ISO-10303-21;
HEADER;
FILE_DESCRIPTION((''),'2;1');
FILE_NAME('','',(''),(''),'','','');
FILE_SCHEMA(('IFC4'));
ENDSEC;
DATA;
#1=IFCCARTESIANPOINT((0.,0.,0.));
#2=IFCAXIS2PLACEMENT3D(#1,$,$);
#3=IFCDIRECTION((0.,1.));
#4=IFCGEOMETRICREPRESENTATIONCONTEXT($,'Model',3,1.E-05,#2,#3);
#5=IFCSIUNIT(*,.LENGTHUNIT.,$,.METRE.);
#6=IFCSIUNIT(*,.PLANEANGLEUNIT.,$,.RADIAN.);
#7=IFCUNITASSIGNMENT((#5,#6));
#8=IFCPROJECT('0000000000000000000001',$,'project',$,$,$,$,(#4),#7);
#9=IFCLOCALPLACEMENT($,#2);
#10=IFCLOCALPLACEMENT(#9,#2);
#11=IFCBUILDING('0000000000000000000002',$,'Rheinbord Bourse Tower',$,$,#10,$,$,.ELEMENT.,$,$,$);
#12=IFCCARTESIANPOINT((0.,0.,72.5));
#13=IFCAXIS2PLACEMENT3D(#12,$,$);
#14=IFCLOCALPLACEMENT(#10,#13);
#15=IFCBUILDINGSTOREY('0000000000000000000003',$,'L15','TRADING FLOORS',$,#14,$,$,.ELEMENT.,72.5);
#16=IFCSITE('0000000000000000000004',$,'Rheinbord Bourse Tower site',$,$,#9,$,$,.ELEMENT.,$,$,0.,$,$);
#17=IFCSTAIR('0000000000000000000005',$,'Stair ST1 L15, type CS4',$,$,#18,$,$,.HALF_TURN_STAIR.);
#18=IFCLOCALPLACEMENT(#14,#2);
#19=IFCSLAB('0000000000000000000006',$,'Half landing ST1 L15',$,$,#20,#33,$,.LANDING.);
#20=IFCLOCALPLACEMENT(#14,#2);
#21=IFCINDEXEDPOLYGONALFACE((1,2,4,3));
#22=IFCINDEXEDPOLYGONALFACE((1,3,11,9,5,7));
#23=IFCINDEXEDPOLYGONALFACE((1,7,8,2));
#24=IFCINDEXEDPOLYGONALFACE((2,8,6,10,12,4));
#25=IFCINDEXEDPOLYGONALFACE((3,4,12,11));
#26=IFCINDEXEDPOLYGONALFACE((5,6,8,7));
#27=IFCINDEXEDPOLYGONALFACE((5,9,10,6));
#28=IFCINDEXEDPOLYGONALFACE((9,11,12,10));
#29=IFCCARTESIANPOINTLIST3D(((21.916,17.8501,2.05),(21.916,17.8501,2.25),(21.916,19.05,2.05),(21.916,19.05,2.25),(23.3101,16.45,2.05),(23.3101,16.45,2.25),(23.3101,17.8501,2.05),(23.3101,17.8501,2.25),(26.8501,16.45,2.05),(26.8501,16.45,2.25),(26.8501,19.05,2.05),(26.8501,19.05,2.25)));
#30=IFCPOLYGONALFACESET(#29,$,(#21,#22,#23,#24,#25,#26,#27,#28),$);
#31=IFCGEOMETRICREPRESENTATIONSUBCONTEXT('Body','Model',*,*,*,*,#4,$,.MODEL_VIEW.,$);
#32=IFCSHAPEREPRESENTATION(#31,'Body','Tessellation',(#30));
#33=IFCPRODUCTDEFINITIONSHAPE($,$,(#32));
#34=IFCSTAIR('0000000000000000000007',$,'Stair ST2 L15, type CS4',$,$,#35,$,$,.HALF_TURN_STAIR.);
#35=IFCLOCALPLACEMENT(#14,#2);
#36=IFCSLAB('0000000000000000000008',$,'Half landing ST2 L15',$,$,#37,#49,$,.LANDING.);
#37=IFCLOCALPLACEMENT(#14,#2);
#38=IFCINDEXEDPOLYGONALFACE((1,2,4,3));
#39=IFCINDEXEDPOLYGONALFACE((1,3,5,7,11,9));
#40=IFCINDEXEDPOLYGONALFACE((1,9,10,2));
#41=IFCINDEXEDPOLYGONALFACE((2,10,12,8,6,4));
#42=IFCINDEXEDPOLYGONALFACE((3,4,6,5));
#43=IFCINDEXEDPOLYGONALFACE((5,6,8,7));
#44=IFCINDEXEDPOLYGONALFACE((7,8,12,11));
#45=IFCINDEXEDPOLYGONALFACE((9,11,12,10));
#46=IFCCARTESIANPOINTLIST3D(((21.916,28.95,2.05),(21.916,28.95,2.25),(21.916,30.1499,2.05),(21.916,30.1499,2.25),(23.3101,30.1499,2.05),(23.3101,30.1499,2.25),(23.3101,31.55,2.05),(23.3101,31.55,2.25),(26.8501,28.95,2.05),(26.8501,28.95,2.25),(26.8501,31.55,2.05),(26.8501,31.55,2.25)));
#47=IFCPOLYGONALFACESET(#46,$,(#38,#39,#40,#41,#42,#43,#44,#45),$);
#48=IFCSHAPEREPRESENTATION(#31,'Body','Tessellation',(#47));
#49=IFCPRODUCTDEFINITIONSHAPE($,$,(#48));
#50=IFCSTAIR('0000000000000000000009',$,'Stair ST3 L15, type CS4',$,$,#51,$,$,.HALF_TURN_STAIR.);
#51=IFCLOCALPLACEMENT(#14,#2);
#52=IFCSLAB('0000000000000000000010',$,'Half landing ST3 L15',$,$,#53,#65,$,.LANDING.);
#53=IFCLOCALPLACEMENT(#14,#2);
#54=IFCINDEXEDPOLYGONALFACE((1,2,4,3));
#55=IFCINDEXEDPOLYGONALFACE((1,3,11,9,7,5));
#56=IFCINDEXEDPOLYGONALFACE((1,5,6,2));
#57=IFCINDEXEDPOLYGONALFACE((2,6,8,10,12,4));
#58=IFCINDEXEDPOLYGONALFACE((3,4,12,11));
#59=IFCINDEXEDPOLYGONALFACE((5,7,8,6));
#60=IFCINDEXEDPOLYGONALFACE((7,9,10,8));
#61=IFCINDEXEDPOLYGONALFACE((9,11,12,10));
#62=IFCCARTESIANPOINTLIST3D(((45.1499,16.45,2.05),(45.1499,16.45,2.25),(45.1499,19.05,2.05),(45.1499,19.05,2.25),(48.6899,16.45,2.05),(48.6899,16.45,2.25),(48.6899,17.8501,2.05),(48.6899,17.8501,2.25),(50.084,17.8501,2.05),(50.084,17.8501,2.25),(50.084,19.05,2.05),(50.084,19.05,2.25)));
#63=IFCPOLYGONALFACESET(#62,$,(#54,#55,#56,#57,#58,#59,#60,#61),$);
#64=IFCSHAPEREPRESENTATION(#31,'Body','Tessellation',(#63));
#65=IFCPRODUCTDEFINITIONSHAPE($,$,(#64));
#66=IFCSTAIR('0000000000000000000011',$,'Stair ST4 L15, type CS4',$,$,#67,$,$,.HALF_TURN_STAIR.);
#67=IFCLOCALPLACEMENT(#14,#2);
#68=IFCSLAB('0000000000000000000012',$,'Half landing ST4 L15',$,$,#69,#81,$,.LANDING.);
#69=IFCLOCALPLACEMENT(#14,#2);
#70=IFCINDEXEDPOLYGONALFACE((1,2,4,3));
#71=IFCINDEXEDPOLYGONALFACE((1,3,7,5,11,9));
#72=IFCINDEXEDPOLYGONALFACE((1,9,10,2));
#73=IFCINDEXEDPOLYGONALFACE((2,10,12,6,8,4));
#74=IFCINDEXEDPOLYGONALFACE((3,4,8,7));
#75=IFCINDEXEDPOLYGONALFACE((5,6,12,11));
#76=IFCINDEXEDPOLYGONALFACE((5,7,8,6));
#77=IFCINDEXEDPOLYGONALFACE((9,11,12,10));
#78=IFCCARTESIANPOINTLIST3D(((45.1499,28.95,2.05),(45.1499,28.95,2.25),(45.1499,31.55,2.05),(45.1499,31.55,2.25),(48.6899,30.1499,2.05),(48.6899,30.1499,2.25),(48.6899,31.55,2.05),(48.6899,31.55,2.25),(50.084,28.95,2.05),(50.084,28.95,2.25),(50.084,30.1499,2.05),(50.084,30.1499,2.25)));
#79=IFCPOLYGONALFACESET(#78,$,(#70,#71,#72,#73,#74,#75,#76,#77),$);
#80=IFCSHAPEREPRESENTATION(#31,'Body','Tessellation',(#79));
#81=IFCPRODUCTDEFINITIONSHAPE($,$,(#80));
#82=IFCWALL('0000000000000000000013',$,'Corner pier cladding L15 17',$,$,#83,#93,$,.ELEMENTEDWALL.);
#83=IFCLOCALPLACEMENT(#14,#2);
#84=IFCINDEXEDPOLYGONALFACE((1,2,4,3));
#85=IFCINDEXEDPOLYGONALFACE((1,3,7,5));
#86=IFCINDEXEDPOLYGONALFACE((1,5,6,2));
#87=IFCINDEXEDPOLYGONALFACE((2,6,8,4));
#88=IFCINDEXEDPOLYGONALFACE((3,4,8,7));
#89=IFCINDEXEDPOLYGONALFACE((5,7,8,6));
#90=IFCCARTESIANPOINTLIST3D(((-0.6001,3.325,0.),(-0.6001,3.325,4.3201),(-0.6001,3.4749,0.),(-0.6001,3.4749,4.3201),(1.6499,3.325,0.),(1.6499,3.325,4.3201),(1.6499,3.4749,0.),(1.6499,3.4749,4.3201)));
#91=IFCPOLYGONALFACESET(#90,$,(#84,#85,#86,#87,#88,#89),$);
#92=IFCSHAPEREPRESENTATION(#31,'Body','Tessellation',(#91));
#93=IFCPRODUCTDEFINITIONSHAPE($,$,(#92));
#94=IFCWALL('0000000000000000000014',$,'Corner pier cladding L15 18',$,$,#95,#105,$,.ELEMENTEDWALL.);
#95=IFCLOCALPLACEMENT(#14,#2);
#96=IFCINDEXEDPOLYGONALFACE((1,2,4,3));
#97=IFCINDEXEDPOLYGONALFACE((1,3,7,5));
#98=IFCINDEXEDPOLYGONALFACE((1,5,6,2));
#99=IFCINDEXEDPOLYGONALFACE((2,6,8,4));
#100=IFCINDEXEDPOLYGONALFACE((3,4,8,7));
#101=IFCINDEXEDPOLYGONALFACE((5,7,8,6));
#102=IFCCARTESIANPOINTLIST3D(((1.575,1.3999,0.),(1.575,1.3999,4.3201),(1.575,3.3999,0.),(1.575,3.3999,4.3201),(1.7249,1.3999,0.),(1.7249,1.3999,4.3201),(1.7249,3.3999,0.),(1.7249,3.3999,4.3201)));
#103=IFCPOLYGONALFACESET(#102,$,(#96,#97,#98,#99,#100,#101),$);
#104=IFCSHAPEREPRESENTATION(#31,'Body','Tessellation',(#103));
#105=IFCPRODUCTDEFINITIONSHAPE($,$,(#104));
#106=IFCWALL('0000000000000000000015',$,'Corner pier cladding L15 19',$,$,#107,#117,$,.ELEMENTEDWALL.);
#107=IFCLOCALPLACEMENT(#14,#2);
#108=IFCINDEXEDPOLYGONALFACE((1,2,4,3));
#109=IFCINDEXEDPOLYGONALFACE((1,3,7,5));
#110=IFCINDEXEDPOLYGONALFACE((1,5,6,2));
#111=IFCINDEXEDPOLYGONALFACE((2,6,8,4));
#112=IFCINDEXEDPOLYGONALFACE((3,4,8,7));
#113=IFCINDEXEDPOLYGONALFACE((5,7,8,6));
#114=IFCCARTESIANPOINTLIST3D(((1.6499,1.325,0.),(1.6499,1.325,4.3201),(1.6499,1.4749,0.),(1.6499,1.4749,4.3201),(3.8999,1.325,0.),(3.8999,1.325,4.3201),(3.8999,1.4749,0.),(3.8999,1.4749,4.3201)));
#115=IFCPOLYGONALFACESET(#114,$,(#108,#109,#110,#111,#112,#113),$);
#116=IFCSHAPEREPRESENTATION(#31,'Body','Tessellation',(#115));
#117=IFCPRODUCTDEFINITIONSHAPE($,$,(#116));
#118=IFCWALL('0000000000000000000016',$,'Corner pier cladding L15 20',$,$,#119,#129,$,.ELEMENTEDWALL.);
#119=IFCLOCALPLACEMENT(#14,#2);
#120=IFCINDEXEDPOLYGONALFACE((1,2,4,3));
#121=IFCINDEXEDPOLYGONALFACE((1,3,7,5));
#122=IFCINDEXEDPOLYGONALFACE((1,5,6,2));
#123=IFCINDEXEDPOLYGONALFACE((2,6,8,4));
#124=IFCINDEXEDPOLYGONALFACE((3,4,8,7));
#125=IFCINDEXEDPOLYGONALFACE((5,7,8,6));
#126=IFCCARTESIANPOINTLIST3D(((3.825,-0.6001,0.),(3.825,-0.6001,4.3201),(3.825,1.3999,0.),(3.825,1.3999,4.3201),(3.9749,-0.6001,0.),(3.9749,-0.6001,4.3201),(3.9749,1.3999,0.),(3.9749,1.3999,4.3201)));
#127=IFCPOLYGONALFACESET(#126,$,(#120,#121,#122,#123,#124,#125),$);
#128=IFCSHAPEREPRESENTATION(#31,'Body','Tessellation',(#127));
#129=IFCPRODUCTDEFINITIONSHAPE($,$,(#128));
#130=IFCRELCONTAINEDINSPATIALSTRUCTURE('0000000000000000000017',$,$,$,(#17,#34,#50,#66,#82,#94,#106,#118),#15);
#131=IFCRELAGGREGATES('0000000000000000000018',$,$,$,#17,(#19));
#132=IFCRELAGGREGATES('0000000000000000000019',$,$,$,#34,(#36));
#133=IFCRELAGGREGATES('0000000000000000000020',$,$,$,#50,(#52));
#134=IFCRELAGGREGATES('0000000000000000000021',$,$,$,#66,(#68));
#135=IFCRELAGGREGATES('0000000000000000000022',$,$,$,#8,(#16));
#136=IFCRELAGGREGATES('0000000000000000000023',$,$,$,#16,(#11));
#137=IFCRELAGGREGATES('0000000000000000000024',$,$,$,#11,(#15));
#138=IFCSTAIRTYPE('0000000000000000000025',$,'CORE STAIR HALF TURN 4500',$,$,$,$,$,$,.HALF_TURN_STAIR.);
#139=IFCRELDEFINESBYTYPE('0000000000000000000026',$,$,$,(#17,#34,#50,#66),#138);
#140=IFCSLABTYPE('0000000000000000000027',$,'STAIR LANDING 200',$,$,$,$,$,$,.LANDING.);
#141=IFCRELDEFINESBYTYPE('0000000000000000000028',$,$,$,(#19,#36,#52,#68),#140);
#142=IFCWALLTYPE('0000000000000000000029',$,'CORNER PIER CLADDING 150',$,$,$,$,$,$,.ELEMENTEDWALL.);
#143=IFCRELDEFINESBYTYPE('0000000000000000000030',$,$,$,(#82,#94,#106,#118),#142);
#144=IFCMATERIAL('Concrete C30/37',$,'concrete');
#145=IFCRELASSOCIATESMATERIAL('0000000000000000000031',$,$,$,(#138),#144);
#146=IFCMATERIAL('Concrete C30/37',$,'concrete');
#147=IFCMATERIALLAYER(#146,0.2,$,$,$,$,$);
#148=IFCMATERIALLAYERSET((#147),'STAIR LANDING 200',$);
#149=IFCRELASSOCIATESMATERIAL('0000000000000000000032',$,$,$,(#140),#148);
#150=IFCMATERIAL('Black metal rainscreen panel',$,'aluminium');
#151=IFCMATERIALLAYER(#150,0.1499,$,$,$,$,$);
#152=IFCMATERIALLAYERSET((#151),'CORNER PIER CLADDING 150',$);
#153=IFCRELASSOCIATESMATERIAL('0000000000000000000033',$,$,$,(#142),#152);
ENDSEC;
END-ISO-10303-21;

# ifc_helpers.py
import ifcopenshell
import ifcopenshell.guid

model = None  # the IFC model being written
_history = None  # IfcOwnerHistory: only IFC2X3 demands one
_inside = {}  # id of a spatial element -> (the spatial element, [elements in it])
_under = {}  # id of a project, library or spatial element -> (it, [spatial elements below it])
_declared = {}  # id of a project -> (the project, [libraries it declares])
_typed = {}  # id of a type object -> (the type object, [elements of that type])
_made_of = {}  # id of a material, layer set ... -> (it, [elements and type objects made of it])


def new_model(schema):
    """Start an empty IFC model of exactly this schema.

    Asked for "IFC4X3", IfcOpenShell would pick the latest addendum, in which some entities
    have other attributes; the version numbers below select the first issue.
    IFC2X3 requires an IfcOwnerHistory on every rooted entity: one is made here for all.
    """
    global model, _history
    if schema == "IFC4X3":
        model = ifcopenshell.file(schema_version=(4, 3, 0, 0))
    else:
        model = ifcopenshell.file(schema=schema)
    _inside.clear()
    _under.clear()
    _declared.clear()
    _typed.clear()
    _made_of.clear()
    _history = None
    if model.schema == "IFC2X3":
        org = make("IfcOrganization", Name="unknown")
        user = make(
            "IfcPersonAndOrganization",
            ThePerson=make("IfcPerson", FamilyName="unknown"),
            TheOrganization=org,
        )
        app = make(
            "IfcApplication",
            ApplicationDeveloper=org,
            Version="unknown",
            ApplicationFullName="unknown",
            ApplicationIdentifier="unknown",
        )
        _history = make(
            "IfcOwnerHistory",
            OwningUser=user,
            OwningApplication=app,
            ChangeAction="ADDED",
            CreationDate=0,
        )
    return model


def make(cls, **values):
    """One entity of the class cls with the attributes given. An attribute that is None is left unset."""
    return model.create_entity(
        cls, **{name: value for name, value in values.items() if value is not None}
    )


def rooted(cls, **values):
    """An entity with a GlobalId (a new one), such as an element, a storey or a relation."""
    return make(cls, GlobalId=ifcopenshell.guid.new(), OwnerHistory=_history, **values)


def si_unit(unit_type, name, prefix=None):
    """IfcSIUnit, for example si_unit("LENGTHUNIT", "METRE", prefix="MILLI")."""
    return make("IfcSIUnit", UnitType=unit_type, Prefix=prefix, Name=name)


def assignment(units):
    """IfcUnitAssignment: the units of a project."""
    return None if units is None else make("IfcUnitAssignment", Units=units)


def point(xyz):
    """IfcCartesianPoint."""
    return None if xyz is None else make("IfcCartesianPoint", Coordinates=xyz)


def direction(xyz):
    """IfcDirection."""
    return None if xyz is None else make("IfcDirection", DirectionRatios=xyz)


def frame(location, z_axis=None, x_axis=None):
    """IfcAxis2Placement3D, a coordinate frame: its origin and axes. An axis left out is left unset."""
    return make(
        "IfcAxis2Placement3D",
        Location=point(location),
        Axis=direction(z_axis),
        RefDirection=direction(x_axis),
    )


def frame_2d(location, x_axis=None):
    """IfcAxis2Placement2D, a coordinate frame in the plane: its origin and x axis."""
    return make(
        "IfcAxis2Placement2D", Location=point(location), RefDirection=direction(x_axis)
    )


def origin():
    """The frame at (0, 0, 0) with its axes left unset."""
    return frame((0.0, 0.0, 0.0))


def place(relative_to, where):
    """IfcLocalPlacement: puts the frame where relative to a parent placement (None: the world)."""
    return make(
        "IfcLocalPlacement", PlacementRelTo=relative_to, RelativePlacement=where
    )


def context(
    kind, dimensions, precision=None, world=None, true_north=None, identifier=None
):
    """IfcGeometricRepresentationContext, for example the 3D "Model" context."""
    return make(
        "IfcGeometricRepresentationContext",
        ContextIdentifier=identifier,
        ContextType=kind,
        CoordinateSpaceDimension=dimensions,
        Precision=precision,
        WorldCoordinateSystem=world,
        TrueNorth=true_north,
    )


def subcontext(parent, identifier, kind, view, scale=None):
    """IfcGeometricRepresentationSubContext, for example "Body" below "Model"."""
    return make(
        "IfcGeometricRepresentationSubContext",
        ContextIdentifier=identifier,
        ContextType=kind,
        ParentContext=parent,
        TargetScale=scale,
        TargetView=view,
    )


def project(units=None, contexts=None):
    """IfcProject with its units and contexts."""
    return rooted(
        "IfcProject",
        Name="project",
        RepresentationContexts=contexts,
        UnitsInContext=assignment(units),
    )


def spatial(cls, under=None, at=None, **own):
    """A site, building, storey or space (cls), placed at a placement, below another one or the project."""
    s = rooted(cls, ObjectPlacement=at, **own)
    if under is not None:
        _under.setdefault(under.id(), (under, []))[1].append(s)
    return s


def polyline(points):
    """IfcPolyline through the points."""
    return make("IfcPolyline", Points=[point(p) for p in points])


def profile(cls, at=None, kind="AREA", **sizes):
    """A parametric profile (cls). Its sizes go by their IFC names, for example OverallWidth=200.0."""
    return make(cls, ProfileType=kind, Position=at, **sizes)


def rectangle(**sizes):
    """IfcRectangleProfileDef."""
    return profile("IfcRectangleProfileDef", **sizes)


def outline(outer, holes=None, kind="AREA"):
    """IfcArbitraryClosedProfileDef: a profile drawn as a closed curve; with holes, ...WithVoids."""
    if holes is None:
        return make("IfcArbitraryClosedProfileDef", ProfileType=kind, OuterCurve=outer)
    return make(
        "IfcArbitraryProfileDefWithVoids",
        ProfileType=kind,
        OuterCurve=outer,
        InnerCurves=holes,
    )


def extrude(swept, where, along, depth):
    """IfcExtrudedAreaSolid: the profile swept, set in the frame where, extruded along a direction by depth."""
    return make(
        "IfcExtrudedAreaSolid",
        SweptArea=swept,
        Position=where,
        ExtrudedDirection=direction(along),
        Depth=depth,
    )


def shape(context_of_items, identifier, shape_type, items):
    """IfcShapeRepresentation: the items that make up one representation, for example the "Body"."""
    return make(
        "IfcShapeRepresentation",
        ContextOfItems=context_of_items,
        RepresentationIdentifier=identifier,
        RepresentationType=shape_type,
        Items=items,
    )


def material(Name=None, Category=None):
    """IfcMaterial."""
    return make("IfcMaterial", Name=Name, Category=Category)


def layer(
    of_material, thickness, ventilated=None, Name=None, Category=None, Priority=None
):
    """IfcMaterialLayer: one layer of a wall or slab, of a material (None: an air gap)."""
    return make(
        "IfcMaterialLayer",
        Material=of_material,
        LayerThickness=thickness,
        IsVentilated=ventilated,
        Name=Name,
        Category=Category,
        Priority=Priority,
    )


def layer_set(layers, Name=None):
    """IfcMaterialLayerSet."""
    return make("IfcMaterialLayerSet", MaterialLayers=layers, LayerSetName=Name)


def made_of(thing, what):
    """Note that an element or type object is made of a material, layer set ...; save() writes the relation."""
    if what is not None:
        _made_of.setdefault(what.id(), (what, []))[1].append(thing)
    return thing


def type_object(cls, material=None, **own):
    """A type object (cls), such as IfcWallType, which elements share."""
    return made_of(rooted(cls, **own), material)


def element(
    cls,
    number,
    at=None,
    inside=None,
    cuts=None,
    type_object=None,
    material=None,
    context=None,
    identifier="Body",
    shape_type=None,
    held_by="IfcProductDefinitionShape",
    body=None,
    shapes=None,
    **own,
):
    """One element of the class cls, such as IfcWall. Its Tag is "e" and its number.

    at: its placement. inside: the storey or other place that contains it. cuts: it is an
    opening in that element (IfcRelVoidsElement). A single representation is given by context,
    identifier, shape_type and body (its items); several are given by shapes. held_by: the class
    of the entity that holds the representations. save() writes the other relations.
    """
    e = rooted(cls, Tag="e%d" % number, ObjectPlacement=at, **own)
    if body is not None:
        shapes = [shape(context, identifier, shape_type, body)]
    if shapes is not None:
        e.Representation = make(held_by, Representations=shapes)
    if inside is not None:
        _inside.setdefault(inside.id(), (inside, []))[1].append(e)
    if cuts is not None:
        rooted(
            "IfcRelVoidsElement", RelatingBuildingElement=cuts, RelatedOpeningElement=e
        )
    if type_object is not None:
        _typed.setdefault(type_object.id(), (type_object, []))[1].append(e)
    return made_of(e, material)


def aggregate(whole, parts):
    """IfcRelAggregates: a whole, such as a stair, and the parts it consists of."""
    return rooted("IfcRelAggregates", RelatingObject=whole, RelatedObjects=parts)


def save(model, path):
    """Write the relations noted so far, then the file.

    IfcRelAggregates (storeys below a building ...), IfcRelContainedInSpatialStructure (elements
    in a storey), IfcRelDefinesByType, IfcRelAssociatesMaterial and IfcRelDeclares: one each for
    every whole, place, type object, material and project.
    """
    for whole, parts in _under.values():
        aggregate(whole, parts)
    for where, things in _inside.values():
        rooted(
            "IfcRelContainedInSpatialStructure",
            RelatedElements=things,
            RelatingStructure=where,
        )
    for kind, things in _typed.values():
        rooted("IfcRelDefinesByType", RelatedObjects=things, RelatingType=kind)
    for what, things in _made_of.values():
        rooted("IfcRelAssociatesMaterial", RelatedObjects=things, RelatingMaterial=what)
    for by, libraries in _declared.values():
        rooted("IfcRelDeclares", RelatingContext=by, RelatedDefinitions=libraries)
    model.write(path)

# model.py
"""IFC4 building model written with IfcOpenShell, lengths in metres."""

from ifc_helpers import new_model, si_unit, direction, frame, frame_2d, origin, place, context, subcontext, project, spatial, polyline, rectangle, outline, extrude, material, layer, layer_set, type_object, element, aggregate, save


model = new_model("IFC4")

# Units and contexts
model_context = context("Model", 3, precision=1e-05, world=origin(), true_north=direction((0.0, 1.0)))
body_context = subcontext(model_context, "Body", "Model", "MODEL_VIEW")
ifc_project = project(units=[si_unit("LENGTHUNIT", "METRE"), si_unit("PLANEANGLEUNIT", "RADIAN")], contexts=[model_context])

# Site, building, storey
site_placement = place(None, origin())
site = spatial("IfcSite", under=ifc_project, at=site_placement, Name="Rheinbord Bourse Tower site", CompositionType="ELEMENT", RefElevation=0.0)
building_placement = place(site_placement, origin())
building = spatial("IfcBuilding", under=site, at=building_placement, Name="Rheinbord Bourse Tower", CompositionType="ELEMENT")
storey_placement = place(building_placement, frame((0.0, 0.0, 72.5)))
storey = spatial("IfcBuildingStorey", under=building, at=storey_placement, Name="L15", Description="TRADING FLOORS", CompositionType="ELEMENT", Elevation=72.5)

# Stairs, slabs
ifc_material_1 = material(Name="Concrete C30/37", Category="concrete")
stair_type = type_object("IfcStairType", Name="CORE STAIR HALF TURN 4500", PredefinedType="HALF_TURN_STAIR", material=ifc_material_1)
stair_1_placement = place(storey_placement, origin())
stair_1 = element("IfcStair", 1, at=stair_1_placement, inside=storey, type_object=stair_type, Name="Stair ST1 L15, type CS4", PredefinedType="HALF_TURN_STAIR")
ifc_material_2 = material(Name="Concrete C30/37", Category="concrete")
ifc_layer_1 = layer(ifc_material_2, 0.2)
ifc_layer_set_1 = layer_set([ifc_layer_1], Name="STAIR LANDING 200")
slab_type_1 = type_object("IfcSlabType", Name="STAIR LANDING 200", PredefinedType="LANDING", material=ifc_layer_set_1)
slab_1_placement = place(storey_placement, frame((0.0, 0.0, 2.05)))
slab_1 = element("IfcSlab", 2, at=slab_1_placement, type_object=slab_type_1, Name="Half landing ST1 L15", PredefinedType="LANDING", context=body_context, shape_type="SweptSolid", body=[
    extrude(outline(polyline([(23.3101, 16.45), (26.8501, 16.45), (26.8501, 19.05), (21.916, 19.05), (21.916, 17.8501), (23.3101, 17.8501), (23.3101, 16.45)])), origin(), (0.0, 0.0, 1.0), 0.2),
])
aggregate(stair_1, [slab_1])
stair_2_placement = place(storey_placement, origin())
stair_2 = element("IfcStair", 3, at=stair_2_placement, inside=storey, type_object=stair_type, Name="Stair ST2 L15, type CS4", PredefinedType="HALF_TURN_STAIR")
slab_2_placement = place(storey_placement, frame((0.0, 0.0, 2.05)))
slab_2 = element("IfcSlab", 4, at=slab_2_placement, type_object=slab_type_1, Name="Half landing ST2 L15", PredefinedType="LANDING", context=body_context, shape_type="SweptSolid", body=[
    extrude(outline(polyline([(21.916, 28.95), (26.8501, 28.95), (26.8501, 31.55), (23.3101, 31.55), (23.3101, 30.1499), (21.916, 30.1499), (21.916, 28.95)])), origin(), (0.0, 0.0, 1.0), 0.2),
])
aggregate(stair_2, [slab_2])
stair_3_placement = place(storey_placement, origin())
stair_3 = element("IfcStair", 5, at=stair_3_placement, inside=storey, type_object=stair_type, Name="Stair ST3 L15, type CS4", PredefinedType="HALF_TURN_STAIR")
slab_3_placement = place(storey_placement, frame((0.0, 0.0, 2.05)))
slab_3 = element("IfcSlab", 6, at=slab_3_placement, type_object=slab_type_1, Name="Half landing ST3 L15", PredefinedType="LANDING", context=body_context, shape_type="SweptSolid", body=[
    extrude(outline(polyline([(45.1499, 16.45), (48.6899, 16.45), (48.6899, 17.8501), (50.084, 17.8501), (50.084, 19.05), (45.1499, 19.05), (45.1499, 16.45)])), origin(), (0.0, 0.0, 1.0), 0.2),
])
aggregate(stair_3, [slab_3])
stair_4_placement = place(storey_placement, origin())
stair_4 = element("IfcStair", 7, at=stair_4_placement, inside=storey, type_object=stair_type, Name="Stair ST4 L15, type CS4", PredefinedType="HALF_TURN_STAIR")
slab_4_placement = place(storey_placement, frame((0.0, 0.0, 2.05)))
slab_4 = element("IfcSlab", 8, at=slab_4_placement, type_object=slab_type_1, Name="Half landing ST4 L15", PredefinedType="LANDING", context=body_context, shape_type="SweptSolid", body=[
    extrude(outline(polyline([(45.1499, 28.95), (50.084, 28.95), (50.084, 30.1499), (48.6899, 30.1499), (48.6899, 31.55), (45.1499, 31.55), (45.1499, 28.95)])), origin(), (0.0, 0.0, 1.0), 0.2),
])
aggregate(stair_4, [slab_4])

# Walls
ifc_material_3 = material(Name="Black metal rainscreen panel", Category="aluminium")
ifc_layer_2 = layer(ifc_material_3, 0.1499)
ifc_layer_set_2 = layer_set([ifc_layer_2], Name="CORNER PIER CLADDING 150")
wall_type = type_object("IfcWallType", Name="CORNER PIER CLADDING 150", PredefinedType="ELEMENTEDWALL", material=ifc_layer_set_2)
wall_1_placement = place(storey_placement, frame((-0.6001, 3.3999, 0.0), z_axis=(0.0, 0.0, 1.0), x_axis=(1.0, 0.0, 0.0)))
element("IfcWall", 9, at=wall_1_placement, inside=storey, type_object=wall_type, Name="Corner pier cladding L15 17", PredefinedType="ELEMENTEDWALL", context=body_context, shape_type="SweptSolid", body=[
    extrude(rectangle(XDim=2.25, YDim=0.1499, at=frame_2d((1.125, 0.0))), origin(), (0.0, 0.0, 1.0), 4.3201),
])
wall_2_placement = place(storey_placement, frame((1.6499, 3.3999, 0.0), z_axis=(0.0, 0.0, 1.0), x_axis=(0.0, -1.0, 0.0)))
element("IfcWall", 10, at=wall_2_placement, inside=storey, type_object=wall_type, Name="Corner pier cladding L15 18", PredefinedType="ELEMENTEDWALL", context=body_context, shape_type="SweptSolid", body=[
    extrude(rectangle(XDim=2.0, YDim=0.1499, at=frame_2d((1.0, 0.0))), origin(), (0.0, 0.0, 1.0), 4.3201),
])
wall_3_placement = place(storey_placement, frame((1.6499, 1.3999, 0.0), z_axis=(0.0, 0.0, 1.0), x_axis=(1.0, 0.0, 0.0)))
element("IfcWall", 11, at=wall_3_placement, inside=storey, type_object=wall_type, Name="Corner pier cladding L15 19", PredefinedType="ELEMENTEDWALL", context=body_context, shape_type="SweptSolid", body=[
    extrude(rectangle(XDim=2.25, YDim=0.1499, at=frame_2d((1.125, 0.0))), origin(), (0.0, 0.0, 1.0), 4.3201),
])
wall_4_placement = place(storey_placement, frame((3.8999, 1.3999, 0.0), z_axis=(0.0, 0.0, 1.0), x_axis=(0.0, -1.0, 0.0)))
element("IfcWall", 12, at=wall_4_placement, inside=storey, type_object=wall_type, Name="Corner pier cladding L15 20", PredefinedType="ELEMENTEDWALL", context=body_context, shape_type="SweptSolid", body=[
    extrude(rectangle(XDim=2.0, YDim=0.1499, at=frame_2d((1.0, 0.0))), origin(), (0.0, 0.0, 1.0), 4.3201),
])

save(model, "model.ifc")
